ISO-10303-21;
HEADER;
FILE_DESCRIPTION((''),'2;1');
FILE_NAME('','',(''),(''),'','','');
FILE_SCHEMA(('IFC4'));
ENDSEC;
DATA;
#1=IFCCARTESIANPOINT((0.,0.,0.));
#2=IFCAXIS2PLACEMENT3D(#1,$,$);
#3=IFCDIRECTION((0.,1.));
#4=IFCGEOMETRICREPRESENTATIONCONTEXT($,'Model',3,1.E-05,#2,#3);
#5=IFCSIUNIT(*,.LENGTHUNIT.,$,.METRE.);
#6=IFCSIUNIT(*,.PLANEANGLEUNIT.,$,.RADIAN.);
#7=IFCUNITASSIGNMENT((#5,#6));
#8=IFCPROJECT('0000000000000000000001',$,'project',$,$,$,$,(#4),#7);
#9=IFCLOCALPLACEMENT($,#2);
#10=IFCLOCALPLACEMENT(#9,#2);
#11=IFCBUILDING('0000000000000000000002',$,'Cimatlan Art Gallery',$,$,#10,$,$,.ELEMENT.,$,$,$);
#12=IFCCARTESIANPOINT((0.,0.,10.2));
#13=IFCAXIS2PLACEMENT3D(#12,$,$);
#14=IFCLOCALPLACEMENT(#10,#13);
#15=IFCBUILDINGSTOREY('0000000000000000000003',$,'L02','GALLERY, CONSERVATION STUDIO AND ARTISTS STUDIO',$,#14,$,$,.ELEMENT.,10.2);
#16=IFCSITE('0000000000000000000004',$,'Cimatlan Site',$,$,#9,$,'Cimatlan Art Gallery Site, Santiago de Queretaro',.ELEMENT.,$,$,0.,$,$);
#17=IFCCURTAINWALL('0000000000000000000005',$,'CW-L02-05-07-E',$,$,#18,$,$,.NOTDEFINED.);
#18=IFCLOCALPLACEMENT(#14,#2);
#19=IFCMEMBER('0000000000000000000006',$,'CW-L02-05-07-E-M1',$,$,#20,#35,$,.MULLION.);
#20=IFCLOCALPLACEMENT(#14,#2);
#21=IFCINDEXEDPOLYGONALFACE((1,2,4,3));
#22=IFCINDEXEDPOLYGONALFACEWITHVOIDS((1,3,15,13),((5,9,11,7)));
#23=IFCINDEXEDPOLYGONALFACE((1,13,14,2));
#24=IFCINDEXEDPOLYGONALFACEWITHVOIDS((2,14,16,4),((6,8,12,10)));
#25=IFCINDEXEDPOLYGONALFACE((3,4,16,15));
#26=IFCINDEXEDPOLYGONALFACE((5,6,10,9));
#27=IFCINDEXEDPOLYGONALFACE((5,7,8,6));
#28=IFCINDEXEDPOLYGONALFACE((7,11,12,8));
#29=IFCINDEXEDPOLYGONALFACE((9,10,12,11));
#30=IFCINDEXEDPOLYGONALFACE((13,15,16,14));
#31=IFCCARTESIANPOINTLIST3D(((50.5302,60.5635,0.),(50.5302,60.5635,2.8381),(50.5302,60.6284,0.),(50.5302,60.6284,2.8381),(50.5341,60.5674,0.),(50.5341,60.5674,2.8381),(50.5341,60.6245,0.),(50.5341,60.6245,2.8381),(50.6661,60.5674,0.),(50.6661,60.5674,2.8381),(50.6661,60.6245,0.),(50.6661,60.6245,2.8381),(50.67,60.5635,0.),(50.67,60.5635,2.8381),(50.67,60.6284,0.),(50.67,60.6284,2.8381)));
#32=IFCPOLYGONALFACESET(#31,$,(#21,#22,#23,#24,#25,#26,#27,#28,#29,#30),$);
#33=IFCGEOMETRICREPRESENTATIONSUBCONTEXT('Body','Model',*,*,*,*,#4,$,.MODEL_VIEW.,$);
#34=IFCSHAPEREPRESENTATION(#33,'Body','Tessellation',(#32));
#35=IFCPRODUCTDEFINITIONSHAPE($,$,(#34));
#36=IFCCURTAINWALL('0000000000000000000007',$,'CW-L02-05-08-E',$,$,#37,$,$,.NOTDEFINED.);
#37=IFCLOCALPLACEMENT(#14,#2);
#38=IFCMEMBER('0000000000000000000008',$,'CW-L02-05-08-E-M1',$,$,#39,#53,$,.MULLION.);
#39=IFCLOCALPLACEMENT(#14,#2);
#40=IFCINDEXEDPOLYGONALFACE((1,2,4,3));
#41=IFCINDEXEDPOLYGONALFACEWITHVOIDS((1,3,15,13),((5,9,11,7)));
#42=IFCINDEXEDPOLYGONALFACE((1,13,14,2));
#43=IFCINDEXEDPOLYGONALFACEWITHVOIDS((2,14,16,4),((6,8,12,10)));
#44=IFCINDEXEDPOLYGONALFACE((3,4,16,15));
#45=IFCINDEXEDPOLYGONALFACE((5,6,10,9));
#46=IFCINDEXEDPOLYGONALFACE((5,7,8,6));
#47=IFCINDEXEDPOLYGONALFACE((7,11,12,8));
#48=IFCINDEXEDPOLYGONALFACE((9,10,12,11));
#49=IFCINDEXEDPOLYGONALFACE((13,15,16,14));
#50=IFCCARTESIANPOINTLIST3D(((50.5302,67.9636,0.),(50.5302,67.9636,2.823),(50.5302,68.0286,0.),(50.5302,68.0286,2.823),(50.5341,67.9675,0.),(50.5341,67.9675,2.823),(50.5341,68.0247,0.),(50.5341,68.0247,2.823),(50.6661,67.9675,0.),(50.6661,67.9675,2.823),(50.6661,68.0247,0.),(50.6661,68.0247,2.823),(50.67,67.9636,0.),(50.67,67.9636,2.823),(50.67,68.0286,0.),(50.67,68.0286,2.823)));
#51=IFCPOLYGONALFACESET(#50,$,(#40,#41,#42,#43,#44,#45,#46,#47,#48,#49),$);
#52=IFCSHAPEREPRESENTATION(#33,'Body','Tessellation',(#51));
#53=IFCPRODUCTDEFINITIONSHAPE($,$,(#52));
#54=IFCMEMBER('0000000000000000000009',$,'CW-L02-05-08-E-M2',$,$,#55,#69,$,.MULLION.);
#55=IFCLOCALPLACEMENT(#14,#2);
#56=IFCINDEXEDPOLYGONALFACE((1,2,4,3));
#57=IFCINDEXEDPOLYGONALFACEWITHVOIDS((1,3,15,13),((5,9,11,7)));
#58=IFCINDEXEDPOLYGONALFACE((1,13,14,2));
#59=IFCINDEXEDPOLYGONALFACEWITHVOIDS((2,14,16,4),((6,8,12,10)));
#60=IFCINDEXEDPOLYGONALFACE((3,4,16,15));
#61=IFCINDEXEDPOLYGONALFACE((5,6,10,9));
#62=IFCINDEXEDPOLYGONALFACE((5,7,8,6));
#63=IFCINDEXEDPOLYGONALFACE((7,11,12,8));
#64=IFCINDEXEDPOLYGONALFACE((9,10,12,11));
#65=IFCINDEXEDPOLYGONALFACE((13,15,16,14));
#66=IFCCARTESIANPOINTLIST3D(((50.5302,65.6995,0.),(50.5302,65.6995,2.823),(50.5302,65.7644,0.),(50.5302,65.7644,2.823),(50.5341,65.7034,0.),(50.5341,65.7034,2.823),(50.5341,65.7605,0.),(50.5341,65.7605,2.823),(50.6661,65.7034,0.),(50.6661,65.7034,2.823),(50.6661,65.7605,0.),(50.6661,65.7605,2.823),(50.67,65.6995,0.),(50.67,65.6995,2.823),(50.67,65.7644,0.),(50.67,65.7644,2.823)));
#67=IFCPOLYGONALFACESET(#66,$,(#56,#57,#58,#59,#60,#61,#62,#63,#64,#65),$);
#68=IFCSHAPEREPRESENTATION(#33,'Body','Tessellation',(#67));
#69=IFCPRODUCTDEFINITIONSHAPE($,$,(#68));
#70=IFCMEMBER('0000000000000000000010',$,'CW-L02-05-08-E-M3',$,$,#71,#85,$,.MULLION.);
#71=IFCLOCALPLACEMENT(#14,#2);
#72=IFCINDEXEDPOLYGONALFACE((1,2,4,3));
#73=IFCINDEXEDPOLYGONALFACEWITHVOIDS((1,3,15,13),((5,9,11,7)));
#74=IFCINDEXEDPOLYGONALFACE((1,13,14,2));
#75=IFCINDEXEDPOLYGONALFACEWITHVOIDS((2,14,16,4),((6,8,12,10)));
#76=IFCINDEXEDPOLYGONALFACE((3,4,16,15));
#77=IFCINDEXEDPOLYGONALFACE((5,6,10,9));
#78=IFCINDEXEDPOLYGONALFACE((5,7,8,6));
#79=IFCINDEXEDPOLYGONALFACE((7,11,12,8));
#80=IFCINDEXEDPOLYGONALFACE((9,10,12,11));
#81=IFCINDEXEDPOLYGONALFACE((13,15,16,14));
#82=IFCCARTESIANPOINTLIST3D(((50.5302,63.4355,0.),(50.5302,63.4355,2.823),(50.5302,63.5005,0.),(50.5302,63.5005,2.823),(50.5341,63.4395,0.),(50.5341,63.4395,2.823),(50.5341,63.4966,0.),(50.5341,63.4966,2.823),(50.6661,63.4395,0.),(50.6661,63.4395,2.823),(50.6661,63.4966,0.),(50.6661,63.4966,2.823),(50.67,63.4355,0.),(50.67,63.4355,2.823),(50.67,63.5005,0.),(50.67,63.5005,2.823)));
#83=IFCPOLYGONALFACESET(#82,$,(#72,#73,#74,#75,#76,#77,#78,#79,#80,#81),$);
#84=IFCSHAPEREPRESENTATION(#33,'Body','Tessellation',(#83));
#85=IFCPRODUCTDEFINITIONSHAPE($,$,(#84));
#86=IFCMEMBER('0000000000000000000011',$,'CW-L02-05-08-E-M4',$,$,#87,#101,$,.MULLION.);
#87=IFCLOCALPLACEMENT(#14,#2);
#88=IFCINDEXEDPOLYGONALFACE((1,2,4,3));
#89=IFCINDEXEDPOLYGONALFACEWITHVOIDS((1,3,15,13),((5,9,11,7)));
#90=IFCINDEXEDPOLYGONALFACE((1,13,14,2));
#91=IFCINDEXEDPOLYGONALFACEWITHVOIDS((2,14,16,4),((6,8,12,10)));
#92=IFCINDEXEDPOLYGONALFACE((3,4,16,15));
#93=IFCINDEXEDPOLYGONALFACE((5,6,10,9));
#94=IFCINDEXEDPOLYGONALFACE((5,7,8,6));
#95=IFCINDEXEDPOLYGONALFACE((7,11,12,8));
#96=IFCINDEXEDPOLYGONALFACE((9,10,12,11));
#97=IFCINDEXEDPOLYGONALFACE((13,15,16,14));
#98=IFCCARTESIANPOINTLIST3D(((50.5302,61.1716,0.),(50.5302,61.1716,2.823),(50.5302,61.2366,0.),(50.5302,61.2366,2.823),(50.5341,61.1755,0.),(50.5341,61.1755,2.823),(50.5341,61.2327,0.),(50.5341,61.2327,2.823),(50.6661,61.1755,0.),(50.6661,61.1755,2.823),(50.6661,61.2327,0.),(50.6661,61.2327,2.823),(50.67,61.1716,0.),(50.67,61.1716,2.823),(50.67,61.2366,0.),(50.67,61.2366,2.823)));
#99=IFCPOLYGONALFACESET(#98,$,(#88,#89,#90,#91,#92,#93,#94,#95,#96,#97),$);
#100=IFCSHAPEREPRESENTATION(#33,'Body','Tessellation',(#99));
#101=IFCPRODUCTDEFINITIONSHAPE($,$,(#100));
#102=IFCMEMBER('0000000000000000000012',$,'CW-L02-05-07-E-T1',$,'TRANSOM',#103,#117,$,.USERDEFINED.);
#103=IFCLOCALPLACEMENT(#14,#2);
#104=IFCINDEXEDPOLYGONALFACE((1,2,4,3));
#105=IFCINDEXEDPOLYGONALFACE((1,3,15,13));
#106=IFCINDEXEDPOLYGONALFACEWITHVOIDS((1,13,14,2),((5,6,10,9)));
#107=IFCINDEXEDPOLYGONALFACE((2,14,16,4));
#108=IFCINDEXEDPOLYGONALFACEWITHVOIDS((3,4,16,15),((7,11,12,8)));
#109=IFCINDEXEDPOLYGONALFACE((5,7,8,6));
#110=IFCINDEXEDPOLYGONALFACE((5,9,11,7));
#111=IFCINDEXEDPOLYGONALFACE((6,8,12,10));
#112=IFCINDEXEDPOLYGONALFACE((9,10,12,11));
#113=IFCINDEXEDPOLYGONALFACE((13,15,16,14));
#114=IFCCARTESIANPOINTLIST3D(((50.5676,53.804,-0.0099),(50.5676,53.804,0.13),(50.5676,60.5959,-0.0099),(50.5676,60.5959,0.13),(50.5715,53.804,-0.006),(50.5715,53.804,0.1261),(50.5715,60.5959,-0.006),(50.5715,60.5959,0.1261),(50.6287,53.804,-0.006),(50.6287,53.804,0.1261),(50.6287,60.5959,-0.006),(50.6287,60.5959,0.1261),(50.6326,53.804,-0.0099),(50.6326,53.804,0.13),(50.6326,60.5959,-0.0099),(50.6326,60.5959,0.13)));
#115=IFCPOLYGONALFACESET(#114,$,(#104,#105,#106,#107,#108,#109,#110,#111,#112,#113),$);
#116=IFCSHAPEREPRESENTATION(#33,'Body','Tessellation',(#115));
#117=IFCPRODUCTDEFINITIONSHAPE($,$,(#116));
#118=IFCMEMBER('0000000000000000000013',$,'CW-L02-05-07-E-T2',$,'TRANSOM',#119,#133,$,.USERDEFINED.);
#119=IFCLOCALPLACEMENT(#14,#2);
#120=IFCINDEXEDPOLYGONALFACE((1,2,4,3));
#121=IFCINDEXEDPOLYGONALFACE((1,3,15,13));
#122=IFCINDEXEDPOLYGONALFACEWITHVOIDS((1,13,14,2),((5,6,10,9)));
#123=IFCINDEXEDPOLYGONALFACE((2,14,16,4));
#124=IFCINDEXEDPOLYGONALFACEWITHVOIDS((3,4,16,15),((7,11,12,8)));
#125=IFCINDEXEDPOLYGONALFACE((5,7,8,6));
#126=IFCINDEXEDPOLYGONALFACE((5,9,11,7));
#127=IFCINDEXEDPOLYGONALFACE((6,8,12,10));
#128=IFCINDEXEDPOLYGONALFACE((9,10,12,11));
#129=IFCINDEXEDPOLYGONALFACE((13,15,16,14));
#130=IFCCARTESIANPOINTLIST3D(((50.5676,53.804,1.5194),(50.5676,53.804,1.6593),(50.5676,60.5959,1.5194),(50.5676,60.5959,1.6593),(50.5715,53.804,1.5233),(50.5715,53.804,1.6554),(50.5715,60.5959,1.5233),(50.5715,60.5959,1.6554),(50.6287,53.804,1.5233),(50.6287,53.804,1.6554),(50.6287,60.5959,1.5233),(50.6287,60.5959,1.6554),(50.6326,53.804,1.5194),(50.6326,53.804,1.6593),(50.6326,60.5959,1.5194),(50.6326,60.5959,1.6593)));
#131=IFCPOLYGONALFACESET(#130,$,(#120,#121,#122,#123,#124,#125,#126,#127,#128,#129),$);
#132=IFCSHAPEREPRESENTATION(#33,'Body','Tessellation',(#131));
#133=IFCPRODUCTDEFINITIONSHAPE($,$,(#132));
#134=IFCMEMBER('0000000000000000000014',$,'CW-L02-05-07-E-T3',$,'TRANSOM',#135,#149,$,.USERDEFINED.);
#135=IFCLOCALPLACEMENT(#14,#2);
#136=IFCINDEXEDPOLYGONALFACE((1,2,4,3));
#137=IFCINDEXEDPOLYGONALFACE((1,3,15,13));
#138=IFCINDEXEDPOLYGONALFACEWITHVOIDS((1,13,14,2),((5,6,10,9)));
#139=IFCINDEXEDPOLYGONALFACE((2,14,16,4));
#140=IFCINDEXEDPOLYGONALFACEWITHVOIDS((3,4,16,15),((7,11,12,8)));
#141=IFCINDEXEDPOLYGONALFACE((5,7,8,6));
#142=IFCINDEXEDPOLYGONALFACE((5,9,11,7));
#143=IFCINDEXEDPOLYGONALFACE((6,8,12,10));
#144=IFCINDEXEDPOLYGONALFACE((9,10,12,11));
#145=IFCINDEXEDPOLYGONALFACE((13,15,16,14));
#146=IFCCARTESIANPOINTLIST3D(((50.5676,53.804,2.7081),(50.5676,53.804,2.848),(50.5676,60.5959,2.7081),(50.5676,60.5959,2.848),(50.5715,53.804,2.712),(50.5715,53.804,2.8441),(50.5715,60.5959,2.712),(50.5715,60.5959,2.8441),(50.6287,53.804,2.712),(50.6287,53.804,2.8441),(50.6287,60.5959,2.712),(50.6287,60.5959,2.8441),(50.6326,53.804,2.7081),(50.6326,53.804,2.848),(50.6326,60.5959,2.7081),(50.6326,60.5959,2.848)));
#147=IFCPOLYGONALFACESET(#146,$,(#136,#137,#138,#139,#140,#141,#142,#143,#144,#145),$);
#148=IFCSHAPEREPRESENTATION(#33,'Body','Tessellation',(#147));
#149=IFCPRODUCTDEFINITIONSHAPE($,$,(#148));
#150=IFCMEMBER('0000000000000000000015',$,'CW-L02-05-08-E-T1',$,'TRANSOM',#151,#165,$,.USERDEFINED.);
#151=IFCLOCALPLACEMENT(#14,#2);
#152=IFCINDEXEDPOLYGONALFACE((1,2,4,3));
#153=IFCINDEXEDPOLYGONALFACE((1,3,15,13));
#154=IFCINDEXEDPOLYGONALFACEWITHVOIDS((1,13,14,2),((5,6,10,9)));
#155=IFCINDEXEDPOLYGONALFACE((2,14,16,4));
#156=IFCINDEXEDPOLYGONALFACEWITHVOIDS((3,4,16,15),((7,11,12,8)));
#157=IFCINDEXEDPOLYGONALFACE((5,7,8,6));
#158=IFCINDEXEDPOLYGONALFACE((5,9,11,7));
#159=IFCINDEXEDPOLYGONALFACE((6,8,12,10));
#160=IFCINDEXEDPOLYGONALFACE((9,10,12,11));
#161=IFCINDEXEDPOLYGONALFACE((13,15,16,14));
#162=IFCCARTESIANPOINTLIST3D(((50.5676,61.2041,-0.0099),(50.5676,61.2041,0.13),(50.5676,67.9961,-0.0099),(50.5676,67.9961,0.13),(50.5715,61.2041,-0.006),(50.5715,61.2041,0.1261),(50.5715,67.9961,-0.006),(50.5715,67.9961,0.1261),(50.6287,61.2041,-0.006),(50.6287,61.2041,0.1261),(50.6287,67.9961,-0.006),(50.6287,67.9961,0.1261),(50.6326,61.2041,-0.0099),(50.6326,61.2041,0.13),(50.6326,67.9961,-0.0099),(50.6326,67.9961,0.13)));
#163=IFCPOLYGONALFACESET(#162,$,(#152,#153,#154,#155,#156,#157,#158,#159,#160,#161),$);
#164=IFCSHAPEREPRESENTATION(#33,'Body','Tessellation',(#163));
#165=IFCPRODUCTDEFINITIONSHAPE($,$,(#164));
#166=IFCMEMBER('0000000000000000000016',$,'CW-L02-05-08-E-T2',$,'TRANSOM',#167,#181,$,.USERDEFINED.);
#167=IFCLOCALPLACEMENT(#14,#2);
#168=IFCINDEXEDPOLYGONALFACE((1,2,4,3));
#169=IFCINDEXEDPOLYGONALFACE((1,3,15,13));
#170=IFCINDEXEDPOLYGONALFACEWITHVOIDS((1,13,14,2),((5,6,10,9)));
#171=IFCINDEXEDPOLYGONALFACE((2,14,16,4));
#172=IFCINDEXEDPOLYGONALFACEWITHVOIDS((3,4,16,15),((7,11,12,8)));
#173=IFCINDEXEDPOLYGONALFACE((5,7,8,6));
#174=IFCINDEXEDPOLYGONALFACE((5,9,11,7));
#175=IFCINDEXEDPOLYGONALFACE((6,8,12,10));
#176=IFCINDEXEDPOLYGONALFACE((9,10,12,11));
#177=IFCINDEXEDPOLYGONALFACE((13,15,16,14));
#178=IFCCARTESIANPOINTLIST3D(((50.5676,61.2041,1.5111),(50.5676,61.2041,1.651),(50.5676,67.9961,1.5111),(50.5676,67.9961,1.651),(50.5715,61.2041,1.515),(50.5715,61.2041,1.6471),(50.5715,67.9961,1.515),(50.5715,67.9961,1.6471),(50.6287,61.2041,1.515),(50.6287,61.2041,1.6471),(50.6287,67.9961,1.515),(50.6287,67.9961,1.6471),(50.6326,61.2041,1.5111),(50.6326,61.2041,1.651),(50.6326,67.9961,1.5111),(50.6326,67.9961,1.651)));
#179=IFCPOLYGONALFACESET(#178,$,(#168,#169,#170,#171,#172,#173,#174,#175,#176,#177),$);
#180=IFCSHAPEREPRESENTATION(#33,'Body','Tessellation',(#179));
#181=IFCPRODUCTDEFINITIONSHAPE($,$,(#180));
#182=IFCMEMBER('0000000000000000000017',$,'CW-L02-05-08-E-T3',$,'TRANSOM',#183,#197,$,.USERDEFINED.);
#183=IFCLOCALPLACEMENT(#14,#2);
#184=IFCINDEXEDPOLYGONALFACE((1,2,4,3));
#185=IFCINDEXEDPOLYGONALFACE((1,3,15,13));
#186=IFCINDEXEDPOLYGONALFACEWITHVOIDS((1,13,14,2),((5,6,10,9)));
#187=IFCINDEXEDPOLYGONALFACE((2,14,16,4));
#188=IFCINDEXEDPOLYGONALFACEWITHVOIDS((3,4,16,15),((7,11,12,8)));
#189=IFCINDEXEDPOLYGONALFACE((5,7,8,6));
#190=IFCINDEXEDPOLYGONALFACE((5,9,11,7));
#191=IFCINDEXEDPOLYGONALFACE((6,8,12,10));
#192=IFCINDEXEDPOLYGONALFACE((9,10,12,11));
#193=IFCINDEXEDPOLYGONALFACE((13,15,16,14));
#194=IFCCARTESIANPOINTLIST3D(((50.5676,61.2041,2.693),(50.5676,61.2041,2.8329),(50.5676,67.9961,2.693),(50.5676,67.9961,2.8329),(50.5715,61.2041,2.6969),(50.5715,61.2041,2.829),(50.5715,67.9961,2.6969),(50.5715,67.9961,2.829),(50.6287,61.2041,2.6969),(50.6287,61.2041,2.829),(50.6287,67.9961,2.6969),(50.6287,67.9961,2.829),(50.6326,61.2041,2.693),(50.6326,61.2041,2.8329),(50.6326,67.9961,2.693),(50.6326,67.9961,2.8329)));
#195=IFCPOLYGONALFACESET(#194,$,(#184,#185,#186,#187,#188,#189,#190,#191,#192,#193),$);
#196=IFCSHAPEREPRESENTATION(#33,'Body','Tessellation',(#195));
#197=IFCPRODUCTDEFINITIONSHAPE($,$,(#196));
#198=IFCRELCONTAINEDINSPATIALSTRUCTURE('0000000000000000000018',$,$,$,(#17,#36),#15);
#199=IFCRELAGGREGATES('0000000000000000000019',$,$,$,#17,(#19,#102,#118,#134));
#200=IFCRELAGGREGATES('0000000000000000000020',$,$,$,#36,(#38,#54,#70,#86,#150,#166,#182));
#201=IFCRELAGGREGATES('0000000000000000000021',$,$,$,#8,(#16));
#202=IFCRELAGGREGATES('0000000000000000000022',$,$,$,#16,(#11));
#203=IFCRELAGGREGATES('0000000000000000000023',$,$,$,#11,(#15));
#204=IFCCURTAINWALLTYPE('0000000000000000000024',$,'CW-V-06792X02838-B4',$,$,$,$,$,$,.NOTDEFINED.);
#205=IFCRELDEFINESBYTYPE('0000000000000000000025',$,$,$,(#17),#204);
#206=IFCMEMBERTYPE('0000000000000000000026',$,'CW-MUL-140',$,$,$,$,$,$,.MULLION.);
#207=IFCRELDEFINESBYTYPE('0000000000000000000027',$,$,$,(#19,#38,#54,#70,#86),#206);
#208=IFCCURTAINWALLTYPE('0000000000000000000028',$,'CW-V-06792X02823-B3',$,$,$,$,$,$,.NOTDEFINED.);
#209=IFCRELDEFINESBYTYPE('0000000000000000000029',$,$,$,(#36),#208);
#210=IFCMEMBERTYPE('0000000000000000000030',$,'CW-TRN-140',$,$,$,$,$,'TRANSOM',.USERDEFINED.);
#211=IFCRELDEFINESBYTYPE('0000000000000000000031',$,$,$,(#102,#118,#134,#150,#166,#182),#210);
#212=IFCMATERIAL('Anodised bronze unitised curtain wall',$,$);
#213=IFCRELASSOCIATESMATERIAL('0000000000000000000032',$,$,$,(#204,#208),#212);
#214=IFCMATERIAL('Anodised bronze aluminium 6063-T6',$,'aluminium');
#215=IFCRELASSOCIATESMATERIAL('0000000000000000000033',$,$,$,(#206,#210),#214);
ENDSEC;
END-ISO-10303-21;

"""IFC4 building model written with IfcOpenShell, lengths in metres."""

from ifc_helpers import new_model, si_unit, direction, frame, origin, origin_2d, place, context, subcontext, project, spatial, hollow_rectangle, extrude, material, material_profile, profile_set, type_object, element, aggregate, save


model = new_model("IFC4")

# Units and contexts
model_context = context("Model", 3, precision=1e-05, world=origin(), true_north=direction((0.0, 1.0)))
body_context = subcontext(model_context, "Body", "Model", "MODEL_VIEW")
ifc_project = project(units=[si_unit("LENGTHUNIT", "METRE"), si_unit("PLANEANGLEUNIT", "RADIAN")], contexts=[model_context])

# Site, building, storey
site_placement = place(None, origin())
site = spatial("IfcSite", under=ifc_project, at=site_placement, Name="Cimatlan Site", LongName="Cimatlan Art Gallery Site, Santiago de Queretaro", CompositionType="ELEMENT", RefElevation=0.0)
building_placement = place(site_placement, origin())
building = spatial("IfcBuilding", under=site, at=building_placement, Name="Cimatlan Art Gallery", CompositionType="ELEMENT")
storey_placement = place(building_placement, frame((0.0, 0.0, 10.2)))
storey = spatial("IfcBuildingStorey", under=building, at=storey_placement, Name="L02", Description="GALLERY, CONSERVATION STUDIO AND ARTISTS STUDIO", CompositionType="ELEMENT", Elevation=10.2)

# Curtain wall, member
ifc_material_1 = material(Name="Anodised bronze unitised curtain wall")
curtain_wall_type_1 = type_object("IfcCurtainWallType", Name="CW-V-06792X02838-B4", PredefinedType="NOTDEFINED", material=ifc_material_1)
curtain_wall_1_placement = place(storey_placement, origin())
curtain_wall_1 = element("IfcCurtainWall", 1, at=curtain_wall_1_placement, inside=storey, type_object=curtain_wall_type_1, Name="CW-L02-05-07-E", PredefinedType="NOTDEFINED")
ifc_material_2 = material(Name="Anodised bronze aluminium 6063-T6", Category="aluminium")
ifc_material_profile_1 = material_profile(ifc_material_2, hollow_rectangle(XDim=0.0649, YDim=0.1399, WallThickness=0.0039, at=origin_2d()), Name="ALU65X140X4")
ifc_profile_set_1 = profile_set([ifc_material_profile_1], Name="Anodised bronze aluminium 6063-T6")
member_type_1 = type_object("IfcMemberType", Name="CW-MUL-140", PredefinedType="MULLION", material=ifc_profile_set_1)
member_1_placement = place(storey_placement, frame((50.6001, 60.5959, 0.0), z_axis=(0.0, 0.0, 1.0), x_axis=(0.0, 1.0, 0.0)))
member_1 = element("IfcMember", 2, at=member_1_placement, type_object=member_type_1, Name="CW-L02-05-07-E-M1", PredefinedType="MULLION", context=body_context, shape_type="SweptSolid", body=[
    extrude(hollow_rectangle(XDim=0.0649, YDim=0.1399, WallThickness=0.0039, at=origin_2d()), origin(), (0.0, 0.0, 1.0), 2.8381),
])

# Curtain wall, members
curtain_wall_type_2 = type_object("IfcCurtainWallType", Name="CW-V-06792X02823-B3", PredefinedType="NOTDEFINED", material=ifc_material_1)
curtain_wall_2_placement = place(storey_placement, origin())
curtain_wall_2 = element("IfcCurtainWall", 3, at=curtain_wall_2_placement, inside=storey, type_object=curtain_wall_type_2, Name="CW-L02-05-08-E", PredefinedType="NOTDEFINED")
member_2_placement = place(storey_placement, frame((50.6001, 67.9961, 0.0), z_axis=(0.0, 0.0, 1.0), x_axis=(0.0, 1.0, 0.0)))
member_2 = element("IfcMember", 4, at=member_2_placement, type_object=member_type_1, Name="CW-L02-05-08-E-M1", PredefinedType="MULLION", context=body_context, shape_type="SweptSolid", body=[
    extrude(hollow_rectangle(XDim=0.0649, YDim=0.1399, WallThickness=0.0039, at=origin_2d()), origin(), (0.0, 0.0, 1.0), 2.823),
])
member_3_placement = place(storey_placement, frame((50.6001, 65.7319, 0.0), z_axis=(0.0, 0.0, 1.0), x_axis=(0.0, 1.0, 0.0)))
member_3 = element("IfcMember", 5, at=member_3_placement, type_object=member_type_1, Name="CW-L02-05-08-E-M2", PredefinedType="MULLION", context=body_context, shape_type="SweptSolid", body=[
    extrude(hollow_rectangle(XDim=0.0649, YDim=0.1399, WallThickness=0.0039, at=origin_2d()), origin(), (0.0, 0.0, 1.0), 2.823),
])
member_4_placement = place(storey_placement, frame((50.6001, 63.468, 0.0), z_axis=(0.0, 0.0, 1.0), x_axis=(0.0, 1.0, 0.0)))
member_4 = element("IfcMember", 6, at=member_4_placement, type_object=member_type_1, Name="CW-L02-05-08-E-M3", PredefinedType="MULLION", context=body_context, shape_type="SweptSolid", body=[
    extrude(hollow_rectangle(XDim=0.0649, YDim=0.1399, WallThickness=0.0039, at=origin_2d()), origin(), (0.0, 0.0, 1.0), 2.823),
])
member_5_placement = place(storey_placement, frame((50.6001, 61.2041, 0.0), z_axis=(0.0, 0.0, 1.0), x_axis=(0.0, 1.0, 0.0)))
member_5 = element("IfcMember", 7, at=member_5_placement, type_object=member_type_1, Name="CW-L02-05-08-E-M4", PredefinedType="MULLION", context=body_context, shape_type="SweptSolid", body=[
    extrude(hollow_rectangle(XDim=0.0649, YDim=0.1399, WallThickness=0.0039, at=origin_2d()), origin(), (0.0, 0.0, 1.0), 2.823),
])

# Members
ifc_material_profile_2 = material_profile(ifc_material_2, hollow_rectangle(XDim=0.0649, YDim=0.1399, WallThickness=0.0039, at=origin_2d()), Name="ALU65X140X4")
ifc_profile_set_2 = profile_set([ifc_material_profile_2], Name="Anodised bronze aluminium 6063-T6")
member_type_2 = type_object("IfcMemberType", Name="CW-TRN-140", ElementType="TRANSOM", PredefinedType="USERDEFINED", material=ifc_profile_set_2)
member_6_placement = place(storey_placement, frame((50.6001, 60.5959, 0.0601), z_axis=(0.0, -1.0, 0.0), x_axis=(1.0, 0.0, 0.0)))
member_6 = element("IfcMember", 8, at=member_6_placement, type_object=member_type_2, Name="CW-L02-05-07-E-T1", ObjectType="TRANSOM", PredefinedType="USERDEFINED", context=body_context, shape_type="SweptSolid", body=[
    extrude(hollow_rectangle(XDim=0.0649, YDim=0.1399, WallThickness=0.0039, at=origin_2d()), origin(), (0.0, 0.0, 1.0), 6.792),
])
member_7_placement = place(storey_placement, frame((50.6001, 60.5959, 1.5894), z_axis=(0.0, -1.0, 0.0), x_axis=(1.0, 0.0, 0.0)))
member_7 = element("IfcMember", 9, at=member_7_placement, type_object=member_type_2, Name="CW-L02-05-07-E-T2", ObjectType="TRANSOM", PredefinedType="USERDEFINED", context=body_context, shape_type="SweptSolid", body=[
    extrude(hollow_rectangle(XDim=0.0649, YDim=0.1399, WallThickness=0.0039, at=origin_2d()), origin(), (0.0, 0.0, 1.0), 6.792),
])
member_8_placement = place(storey_placement, frame((50.6001, 60.5959, 2.7781), z_axis=(0.0, -1.0, 0.0), x_axis=(1.0, 0.0, 0.0)))
member_8 = element("IfcMember", 10, at=member_8_placement, type_object=member_type_2, Name="CW-L02-05-07-E-T3", ObjectType="TRANSOM", PredefinedType="USERDEFINED", context=body_context, shape_type="SweptSolid", body=[
    extrude(hollow_rectangle(XDim=0.0649, YDim=0.1399, WallThickness=0.0039, at=origin_2d()), origin(), (0.0, 0.0, 1.0), 6.792),
])
aggregate(curtain_wall_1, [member_1, member_6, member_7, member_8])
member_9_placement = place(storey_placement, frame((50.6001, 67.9961, 0.0601), z_axis=(0.0, -1.0, 0.0), x_axis=(1.0, 0.0, 0.0)))
member_9 = element("IfcMember", 11, at=member_9_placement, type_object=member_type_2, Name="CW-L02-05-08-E-T1", ObjectType="TRANSOM", PredefinedType="USERDEFINED", context=body_context, shape_type="SweptSolid", body=[
    extrude(hollow_rectangle(XDim=0.0649, YDim=0.1399, WallThickness=0.0039, at=origin_2d()), origin(), (0.0, 0.0, 1.0), 6.792),
])
member_10_placement = place(storey_placement, frame((50.6001, 67.9961, 1.5811), z_axis=(0.0, -1.0, 0.0), x_axis=(1.0, 0.0, 0.0)))
member_10 = element("IfcMember", 12, at=member_10_placement, type_object=member_type_2, Name="CW-L02-05-08-E-T2", ObjectType="TRANSOM", PredefinedType="USERDEFINED", context=body_context, shape_type="SweptSolid", body=[
    extrude(hollow_rectangle(XDim=0.0649, YDim=0.1399, WallThickness=0.0039, at=origin_2d()), origin(), (0.0, 0.0, 1.0), 6.792),
])
member_11_placement = place(storey_placement, frame((50.6001, 67.9961, 2.7629), z_axis=(0.0, -1.0, 0.0), x_axis=(1.0, 0.0, 0.0)))
member_11 = element("IfcMember", 13, at=member_11_placement, type_object=member_type_2, Name="CW-L02-05-08-E-T3", ObjectType="TRANSOM", PredefinedType="USERDEFINED", context=body_context, shape_type="SweptSolid", body=[
    extrude(hollow_rectangle(XDim=0.0649, YDim=0.1399, WallThickness=0.0039, at=origin_2d()), origin(), (0.0, 0.0, 1.0), 6.792),
])

aggregate(curtain_wall_2, [member_2, member_3, member_4, member_5, member_9, member_10, member_11])

save(model, "model.ifc")
